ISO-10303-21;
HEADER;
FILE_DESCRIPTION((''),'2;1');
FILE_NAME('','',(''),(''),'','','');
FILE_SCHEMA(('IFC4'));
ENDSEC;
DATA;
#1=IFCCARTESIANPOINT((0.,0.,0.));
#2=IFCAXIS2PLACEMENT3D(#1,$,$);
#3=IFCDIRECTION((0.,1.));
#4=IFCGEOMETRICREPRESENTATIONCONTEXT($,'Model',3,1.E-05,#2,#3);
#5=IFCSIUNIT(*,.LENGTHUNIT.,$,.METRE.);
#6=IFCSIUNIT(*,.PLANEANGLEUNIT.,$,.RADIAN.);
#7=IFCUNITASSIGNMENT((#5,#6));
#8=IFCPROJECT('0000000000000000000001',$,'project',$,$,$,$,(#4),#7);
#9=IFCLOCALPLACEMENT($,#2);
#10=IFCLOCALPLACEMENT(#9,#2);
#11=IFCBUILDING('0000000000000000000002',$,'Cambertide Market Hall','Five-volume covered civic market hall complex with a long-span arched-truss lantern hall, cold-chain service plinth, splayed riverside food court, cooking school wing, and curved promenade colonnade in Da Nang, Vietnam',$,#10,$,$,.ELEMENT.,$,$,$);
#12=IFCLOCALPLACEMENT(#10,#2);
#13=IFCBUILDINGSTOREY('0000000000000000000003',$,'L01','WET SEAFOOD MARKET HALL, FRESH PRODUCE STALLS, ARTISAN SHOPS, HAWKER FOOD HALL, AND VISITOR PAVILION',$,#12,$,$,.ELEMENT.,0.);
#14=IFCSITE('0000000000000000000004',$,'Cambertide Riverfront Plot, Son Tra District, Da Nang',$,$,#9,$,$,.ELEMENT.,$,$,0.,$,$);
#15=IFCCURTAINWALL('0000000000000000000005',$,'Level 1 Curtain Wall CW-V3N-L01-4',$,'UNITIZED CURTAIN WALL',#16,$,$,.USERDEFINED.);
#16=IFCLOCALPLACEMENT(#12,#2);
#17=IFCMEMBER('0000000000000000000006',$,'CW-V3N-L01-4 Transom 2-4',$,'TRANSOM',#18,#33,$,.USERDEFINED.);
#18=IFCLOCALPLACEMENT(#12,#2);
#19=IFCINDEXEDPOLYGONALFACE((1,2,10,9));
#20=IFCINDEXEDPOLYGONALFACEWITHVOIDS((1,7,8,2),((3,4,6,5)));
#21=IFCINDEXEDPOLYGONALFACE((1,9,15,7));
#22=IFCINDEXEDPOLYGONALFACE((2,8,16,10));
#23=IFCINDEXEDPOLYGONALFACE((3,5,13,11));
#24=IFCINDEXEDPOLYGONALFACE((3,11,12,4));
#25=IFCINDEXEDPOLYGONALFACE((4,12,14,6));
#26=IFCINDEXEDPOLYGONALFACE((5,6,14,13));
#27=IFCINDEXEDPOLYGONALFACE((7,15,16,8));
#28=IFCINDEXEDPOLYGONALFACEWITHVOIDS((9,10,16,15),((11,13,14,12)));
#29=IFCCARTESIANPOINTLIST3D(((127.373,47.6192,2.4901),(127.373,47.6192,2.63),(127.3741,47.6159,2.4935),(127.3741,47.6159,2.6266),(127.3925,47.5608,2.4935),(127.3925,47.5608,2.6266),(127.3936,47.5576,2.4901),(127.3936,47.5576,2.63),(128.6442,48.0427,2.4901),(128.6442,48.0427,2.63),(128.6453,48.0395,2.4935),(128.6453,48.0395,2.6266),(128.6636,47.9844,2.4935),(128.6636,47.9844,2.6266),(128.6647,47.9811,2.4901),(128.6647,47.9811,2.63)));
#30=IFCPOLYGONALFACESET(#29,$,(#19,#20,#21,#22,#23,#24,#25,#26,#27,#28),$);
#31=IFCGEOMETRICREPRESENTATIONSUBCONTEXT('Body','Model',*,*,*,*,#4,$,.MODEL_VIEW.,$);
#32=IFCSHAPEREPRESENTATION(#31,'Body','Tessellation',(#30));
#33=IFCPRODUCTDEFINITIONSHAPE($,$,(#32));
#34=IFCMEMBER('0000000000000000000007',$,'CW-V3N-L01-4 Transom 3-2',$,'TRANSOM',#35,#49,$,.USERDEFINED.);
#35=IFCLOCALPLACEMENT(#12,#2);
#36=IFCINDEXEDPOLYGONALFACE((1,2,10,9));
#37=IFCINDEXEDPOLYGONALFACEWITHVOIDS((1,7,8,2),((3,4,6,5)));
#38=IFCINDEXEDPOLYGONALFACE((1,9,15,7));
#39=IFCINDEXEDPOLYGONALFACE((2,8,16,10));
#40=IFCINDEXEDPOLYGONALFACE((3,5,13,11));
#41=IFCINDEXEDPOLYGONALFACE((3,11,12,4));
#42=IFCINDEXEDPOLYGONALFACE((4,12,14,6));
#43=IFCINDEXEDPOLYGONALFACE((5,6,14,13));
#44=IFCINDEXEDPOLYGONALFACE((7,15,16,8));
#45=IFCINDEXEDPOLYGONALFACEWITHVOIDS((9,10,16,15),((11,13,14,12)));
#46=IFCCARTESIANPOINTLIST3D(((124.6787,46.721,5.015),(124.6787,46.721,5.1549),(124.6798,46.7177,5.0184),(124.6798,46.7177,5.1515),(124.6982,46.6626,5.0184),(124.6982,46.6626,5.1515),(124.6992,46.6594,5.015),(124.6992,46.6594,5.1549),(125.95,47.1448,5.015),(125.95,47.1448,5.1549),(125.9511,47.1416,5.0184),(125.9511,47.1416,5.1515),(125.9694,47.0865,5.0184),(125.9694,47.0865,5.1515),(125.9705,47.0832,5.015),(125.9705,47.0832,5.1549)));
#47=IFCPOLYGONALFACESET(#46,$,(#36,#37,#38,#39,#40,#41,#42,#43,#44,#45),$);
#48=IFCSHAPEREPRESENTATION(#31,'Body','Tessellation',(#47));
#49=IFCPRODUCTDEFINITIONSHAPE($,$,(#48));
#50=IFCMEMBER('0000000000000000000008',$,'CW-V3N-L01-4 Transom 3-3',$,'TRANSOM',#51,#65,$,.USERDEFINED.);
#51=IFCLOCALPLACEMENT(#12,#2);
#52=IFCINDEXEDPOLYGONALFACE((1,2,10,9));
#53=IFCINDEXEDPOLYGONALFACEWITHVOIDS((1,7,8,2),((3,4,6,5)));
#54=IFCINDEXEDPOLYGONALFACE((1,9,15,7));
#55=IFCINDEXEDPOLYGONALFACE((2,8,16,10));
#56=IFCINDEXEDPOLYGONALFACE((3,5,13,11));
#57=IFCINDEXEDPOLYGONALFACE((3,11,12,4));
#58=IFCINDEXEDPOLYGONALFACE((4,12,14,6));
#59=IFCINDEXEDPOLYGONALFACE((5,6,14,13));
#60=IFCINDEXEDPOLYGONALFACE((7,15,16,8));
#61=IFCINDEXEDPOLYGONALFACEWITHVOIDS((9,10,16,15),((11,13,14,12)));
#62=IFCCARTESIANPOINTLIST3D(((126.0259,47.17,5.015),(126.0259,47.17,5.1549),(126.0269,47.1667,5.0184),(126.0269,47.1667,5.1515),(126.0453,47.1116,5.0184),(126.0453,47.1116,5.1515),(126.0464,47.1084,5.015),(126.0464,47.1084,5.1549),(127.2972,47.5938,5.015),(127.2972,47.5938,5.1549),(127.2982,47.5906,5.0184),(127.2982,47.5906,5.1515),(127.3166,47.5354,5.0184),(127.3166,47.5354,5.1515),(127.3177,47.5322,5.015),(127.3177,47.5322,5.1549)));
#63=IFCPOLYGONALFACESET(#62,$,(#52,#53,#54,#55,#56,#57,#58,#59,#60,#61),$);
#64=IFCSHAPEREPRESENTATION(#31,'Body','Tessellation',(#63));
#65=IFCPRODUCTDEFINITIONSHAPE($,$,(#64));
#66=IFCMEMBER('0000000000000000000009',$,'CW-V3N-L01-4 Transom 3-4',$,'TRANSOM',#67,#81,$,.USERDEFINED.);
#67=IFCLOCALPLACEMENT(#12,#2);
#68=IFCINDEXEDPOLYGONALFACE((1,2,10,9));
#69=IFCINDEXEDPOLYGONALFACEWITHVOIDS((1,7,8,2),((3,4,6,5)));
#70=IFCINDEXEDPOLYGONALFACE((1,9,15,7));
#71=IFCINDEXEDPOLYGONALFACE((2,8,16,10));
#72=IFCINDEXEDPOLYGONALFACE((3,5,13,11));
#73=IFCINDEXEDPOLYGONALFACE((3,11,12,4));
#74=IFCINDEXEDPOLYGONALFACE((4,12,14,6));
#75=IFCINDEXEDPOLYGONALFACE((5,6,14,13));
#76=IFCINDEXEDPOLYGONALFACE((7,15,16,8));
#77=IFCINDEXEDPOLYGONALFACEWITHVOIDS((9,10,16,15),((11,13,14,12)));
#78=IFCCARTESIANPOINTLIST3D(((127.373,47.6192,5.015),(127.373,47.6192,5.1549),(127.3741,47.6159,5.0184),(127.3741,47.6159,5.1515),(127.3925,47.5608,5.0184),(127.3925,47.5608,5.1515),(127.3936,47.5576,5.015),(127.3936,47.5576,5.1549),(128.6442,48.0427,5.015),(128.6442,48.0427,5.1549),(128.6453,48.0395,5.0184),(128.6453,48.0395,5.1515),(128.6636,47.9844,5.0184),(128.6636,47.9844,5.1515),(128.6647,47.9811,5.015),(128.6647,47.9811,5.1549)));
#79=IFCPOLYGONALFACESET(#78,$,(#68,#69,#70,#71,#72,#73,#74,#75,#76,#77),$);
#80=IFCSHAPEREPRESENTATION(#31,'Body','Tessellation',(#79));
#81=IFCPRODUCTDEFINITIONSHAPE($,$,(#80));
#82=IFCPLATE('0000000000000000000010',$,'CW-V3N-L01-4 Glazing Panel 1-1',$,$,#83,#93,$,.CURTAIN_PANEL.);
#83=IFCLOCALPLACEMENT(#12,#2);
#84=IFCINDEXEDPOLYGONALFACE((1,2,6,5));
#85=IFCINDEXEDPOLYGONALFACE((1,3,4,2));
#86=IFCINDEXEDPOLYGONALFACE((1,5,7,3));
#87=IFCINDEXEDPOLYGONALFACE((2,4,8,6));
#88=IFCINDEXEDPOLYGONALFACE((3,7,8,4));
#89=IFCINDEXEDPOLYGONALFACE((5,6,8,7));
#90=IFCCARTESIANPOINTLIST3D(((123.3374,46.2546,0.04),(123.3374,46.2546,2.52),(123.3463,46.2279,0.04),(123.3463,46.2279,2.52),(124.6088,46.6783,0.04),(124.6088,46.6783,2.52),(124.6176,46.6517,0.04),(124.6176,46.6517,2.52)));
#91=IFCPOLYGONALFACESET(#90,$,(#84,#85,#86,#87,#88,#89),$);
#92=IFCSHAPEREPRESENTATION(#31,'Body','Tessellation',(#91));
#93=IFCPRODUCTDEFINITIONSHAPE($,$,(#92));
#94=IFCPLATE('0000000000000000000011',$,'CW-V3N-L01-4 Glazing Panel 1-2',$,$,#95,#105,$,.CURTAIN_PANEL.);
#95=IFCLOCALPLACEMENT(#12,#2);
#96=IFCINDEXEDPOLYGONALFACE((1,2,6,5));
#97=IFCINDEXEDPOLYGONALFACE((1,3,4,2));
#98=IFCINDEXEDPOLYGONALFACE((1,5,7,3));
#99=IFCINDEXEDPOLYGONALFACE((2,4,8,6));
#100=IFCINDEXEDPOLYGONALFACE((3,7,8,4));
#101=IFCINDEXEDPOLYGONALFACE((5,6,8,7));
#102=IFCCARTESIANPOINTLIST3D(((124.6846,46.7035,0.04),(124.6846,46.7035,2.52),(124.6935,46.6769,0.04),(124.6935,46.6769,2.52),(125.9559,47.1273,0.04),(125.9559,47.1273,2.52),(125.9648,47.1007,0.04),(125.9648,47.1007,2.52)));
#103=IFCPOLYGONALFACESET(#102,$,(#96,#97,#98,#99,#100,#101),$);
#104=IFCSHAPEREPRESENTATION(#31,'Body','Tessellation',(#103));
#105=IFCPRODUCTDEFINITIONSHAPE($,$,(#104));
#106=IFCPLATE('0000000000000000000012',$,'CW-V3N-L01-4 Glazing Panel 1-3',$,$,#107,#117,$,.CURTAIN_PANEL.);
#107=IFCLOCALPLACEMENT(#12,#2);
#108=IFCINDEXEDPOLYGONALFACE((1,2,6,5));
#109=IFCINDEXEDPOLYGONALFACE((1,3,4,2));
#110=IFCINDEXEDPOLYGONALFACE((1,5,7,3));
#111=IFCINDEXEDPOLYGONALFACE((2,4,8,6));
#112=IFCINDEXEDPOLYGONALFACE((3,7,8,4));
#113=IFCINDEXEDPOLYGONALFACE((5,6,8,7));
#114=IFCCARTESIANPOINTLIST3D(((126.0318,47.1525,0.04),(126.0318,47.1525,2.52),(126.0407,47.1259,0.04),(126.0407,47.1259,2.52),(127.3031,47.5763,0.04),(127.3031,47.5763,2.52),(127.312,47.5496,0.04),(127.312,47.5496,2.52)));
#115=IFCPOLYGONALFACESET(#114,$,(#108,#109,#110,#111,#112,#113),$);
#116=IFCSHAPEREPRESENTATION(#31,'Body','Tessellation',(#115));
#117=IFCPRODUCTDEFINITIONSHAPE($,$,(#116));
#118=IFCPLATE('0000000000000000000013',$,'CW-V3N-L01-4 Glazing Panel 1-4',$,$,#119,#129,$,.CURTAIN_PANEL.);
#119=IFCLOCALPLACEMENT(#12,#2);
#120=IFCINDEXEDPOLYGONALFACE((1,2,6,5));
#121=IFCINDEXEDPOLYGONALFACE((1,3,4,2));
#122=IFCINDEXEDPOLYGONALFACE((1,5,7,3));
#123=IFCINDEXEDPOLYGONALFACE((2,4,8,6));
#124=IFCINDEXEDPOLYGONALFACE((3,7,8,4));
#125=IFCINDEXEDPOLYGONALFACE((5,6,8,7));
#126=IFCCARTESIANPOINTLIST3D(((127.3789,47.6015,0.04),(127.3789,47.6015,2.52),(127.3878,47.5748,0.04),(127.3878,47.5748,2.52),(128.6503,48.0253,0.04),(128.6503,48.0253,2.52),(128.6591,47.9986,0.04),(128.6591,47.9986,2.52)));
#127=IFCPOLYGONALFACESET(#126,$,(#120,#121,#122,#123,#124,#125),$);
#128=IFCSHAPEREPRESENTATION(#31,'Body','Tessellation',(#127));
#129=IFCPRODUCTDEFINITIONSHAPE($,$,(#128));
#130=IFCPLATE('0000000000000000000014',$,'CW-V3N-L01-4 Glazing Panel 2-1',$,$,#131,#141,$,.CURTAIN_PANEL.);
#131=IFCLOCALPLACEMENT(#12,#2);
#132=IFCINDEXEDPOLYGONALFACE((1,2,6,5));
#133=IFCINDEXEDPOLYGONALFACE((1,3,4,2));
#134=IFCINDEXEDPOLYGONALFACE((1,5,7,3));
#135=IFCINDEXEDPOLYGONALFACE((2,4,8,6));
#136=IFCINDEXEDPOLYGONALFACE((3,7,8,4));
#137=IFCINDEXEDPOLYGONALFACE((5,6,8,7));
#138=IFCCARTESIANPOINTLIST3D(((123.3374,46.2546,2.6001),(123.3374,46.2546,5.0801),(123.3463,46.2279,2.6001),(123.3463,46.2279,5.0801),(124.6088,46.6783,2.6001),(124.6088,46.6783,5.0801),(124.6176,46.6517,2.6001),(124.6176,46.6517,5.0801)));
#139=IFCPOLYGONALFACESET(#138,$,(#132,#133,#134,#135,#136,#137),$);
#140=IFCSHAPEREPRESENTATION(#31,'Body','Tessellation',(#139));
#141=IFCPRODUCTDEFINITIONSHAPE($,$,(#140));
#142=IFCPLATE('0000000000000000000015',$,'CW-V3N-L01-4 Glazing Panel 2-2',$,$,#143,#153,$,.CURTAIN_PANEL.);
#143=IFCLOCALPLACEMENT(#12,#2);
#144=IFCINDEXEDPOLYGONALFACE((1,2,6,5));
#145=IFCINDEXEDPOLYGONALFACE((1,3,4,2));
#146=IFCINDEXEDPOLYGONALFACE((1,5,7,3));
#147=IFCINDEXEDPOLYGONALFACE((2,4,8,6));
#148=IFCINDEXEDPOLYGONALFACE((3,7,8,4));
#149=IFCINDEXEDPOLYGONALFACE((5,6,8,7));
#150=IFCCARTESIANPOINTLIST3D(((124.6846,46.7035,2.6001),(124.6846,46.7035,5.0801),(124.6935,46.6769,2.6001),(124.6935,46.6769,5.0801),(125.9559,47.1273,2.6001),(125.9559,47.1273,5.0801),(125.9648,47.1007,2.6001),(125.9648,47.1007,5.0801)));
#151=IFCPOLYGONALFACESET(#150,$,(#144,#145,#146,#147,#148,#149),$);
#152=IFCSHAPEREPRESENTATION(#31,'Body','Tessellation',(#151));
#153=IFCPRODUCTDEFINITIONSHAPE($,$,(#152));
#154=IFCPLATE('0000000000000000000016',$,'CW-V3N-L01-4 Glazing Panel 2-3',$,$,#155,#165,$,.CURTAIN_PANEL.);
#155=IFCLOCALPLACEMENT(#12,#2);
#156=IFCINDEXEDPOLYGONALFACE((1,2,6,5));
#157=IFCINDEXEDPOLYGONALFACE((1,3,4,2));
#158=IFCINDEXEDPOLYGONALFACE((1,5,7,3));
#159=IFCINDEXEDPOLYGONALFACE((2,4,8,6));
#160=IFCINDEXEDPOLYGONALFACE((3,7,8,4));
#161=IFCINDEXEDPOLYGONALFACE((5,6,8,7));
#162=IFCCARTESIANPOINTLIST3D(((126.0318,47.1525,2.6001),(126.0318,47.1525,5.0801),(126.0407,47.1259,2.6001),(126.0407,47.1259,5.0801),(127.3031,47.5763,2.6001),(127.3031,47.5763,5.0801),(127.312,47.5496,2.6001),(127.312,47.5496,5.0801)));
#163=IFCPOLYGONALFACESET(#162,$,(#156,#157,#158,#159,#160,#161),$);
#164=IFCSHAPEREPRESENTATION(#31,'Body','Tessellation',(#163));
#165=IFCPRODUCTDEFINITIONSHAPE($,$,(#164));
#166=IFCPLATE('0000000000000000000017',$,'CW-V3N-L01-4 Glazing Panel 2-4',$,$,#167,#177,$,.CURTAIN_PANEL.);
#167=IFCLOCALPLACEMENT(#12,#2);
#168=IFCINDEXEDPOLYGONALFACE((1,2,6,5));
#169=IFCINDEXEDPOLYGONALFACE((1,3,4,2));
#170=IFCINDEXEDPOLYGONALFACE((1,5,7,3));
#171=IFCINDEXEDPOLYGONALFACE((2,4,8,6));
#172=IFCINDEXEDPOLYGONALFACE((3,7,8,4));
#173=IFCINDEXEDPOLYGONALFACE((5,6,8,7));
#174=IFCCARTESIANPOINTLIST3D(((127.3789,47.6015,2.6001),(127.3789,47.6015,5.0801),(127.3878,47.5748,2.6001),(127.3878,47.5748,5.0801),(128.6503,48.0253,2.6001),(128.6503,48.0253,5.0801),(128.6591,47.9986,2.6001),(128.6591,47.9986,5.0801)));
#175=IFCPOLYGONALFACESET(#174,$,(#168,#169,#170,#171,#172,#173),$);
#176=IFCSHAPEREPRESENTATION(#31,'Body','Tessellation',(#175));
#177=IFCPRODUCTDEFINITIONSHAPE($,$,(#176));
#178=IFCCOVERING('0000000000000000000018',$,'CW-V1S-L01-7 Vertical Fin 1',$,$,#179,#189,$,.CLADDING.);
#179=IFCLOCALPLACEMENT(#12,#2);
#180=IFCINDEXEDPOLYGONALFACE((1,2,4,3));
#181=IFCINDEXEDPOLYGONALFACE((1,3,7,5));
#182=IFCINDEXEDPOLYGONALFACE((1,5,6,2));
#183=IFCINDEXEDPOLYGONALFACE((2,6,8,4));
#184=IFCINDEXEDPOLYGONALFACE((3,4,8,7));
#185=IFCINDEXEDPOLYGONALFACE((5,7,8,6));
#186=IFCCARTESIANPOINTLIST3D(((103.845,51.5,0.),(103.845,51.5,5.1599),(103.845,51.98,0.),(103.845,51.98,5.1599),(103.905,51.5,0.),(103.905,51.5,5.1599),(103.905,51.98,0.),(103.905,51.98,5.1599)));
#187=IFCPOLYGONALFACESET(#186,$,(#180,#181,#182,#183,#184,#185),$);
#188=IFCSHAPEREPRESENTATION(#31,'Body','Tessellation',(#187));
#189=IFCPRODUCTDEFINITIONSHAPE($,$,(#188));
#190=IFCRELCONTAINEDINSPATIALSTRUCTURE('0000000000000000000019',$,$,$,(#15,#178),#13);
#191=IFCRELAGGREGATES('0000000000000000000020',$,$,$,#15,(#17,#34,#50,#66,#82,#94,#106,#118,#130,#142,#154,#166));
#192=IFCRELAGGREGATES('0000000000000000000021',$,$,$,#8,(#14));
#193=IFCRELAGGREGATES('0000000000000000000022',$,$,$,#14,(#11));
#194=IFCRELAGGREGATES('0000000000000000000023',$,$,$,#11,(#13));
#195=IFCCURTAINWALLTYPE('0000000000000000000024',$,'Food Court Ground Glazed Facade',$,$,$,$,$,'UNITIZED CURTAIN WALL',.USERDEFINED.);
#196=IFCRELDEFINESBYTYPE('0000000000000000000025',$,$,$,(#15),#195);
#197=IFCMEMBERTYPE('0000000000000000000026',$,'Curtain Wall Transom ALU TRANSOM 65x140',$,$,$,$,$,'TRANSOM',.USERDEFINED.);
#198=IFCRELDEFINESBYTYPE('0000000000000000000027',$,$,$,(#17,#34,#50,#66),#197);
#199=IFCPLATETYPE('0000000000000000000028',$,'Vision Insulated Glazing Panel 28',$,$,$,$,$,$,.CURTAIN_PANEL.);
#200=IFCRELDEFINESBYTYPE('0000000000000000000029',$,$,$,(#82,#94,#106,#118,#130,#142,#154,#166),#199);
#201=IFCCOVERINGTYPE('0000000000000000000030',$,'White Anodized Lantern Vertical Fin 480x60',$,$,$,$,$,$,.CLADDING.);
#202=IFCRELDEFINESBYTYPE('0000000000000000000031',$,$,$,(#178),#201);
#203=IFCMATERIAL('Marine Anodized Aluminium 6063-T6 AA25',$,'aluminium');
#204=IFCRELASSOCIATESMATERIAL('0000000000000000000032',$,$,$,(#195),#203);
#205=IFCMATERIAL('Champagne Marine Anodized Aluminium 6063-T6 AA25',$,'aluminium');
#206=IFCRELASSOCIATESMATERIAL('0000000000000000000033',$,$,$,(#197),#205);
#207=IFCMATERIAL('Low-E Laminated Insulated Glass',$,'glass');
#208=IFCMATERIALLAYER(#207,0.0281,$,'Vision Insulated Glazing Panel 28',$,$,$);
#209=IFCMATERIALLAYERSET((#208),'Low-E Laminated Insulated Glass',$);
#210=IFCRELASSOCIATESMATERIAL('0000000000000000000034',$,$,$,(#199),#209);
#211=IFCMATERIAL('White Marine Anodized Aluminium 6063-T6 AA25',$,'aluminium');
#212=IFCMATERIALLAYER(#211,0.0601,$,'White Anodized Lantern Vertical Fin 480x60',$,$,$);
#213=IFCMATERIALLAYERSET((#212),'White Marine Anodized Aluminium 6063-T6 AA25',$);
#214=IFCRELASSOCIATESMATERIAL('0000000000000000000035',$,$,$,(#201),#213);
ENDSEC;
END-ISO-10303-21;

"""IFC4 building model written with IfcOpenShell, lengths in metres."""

from ifc_helpers import new_model, si_unit, direction, frame, origin, origin_2d, place, context, subcontext, project, spatial, rectangle, hollow_rectangle, extrude, material, layer, layer_set, material_profile, profile_set, type_object, element, aggregate, save


model = new_model("IFC4")

# Units and contexts
model_context = context("Model", 3, precision=1e-05, world=origin(), true_north=direction((0.0, 1.0)))
body_context = subcontext(model_context, "Body", "Model", "MODEL_VIEW")
ifc_project = project(units=[si_unit("LENGTHUNIT", "METRE"), si_unit("PLANEANGLEUNIT", "RADIAN")], contexts=[model_context])

# Site, building, storey
site_placement = place(None, origin())
site = spatial("IfcSite", under=ifc_project, at=site_placement, Name="Cambertide Riverfront Plot, Son Tra District, Da Nang", CompositionType="ELEMENT", RefElevation=0.0)
building_placement = place(site_placement, origin())
building = spatial("IfcBuilding", under=site, at=building_placement, Name="Cambertide Market Hall", Description="Five-volume covered civic market hall complex with a long-span arched-truss lantern hall, cold-chain service plinth, splayed riverside food court, cooking school wing, and curved promenade colonnade in Da Nang, Vietnam", CompositionType="ELEMENT")
storey_placement = place(building_placement, origin())
storey = spatial("IfcBuildingStorey", under=building, at=storey_placement, Name="L01", Description="WET SEAFOOD MARKET HALL, FRESH PRODUCE STALLS, ARTISAN SHOPS, HAWKER FOOD HALL, AND VISITOR PAVILION", CompositionType="ELEMENT", Elevation=0.0)

# Curtain wall, members, plates
ifc_material_1 = material(Name="Marine Anodized Aluminium 6063-T6 AA25", Category="aluminium")
curtain_wall_type = type_object("IfcCurtainWallType", Name="Food Court Ground Glazed Facade", ElementType="UNITIZED CURTAIN WALL", PredefinedType="USERDEFINED", material=ifc_material_1)
curtain_wall_placement = place(storey_placement, origin())
curtain_wall = element("IfcCurtainWall", 1, at=curtain_wall_placement, inside=storey, type_object=curtain_wall_type, Name="Level 1 Curtain Wall CW-V3N-L01-4", ObjectType="UNITIZED CURTAIN WALL", PredefinedType="USERDEFINED")
ifc_material_2 = material(Name="Champagne Marine Anodized Aluminium 6063-T6 AA25", Category="aluminium")
ifc_material_profile_1 = material_profile(ifc_material_2, hollow_rectangle(XDim=0.0649, YDim=0.1399, WallThickness=0.0034, at=origin_2d()), Name="ALU TRANSOM 65x140")
ifc_profile_set_1 = profile_set([ifc_material_profile_1], Name="Champagne Marine Anodized Aluminium 6063-T6 AA25")
member_type_1 = type_object("IfcMemberType", Name="Curtain Wall Transom ALU TRANSOM 65x140", ElementType="TRANSOM", PredefinedType="USERDEFINED", material=ifc_profile_set_1)
member_1_placement = place(storey_placement, frame((127.3833, 47.5884, 2.5601), z_axis=(0.94872, 0.316118, 0.0), x_axis=(-0.316118, 0.94872, 0.0)))
member_1 = element("IfcMember", 2, at=member_1_placement, type_object=member_type_1, Name="CW-V3N-L01-4 Transom 2-4", ObjectType="TRANSOM", PredefinedType="USERDEFINED", context=body_context, shape_type="SweptSolid", body=[
    extrude(hollow_rectangle(XDim=0.0649, YDim=0.1399, WallThickness=0.0034, at=origin_2d()), origin(), (0.0, 0.0, 1.0), 1.3398),
])
member_2_placement = place(storey_placement, frame((124.689, 46.6902, 5.085), z_axis=(0.948665, 0.316282, 0.0), x_axis=(-0.316282, 0.948665, 0.0)))
member_2 = element("IfcMember", 3, at=member_2_placement, type_object=member_type_1, Name="CW-V3N-L01-4 Transom 3-2", ObjectType="TRANSOM", PredefinedType="USERDEFINED", context=body_context, shape_type="SweptSolid", body=[
    extrude(hollow_rectangle(XDim=0.0649, YDim=0.1399, WallThickness=0.0034, at=origin_2d()), origin(), (0.0, 0.0, 1.0), 1.3401),
])
member_3_placement = place(storey_placement, frame((126.0361, 47.1392, 5.085), z_axis=(0.948665, 0.316282, 0.0), x_axis=(-0.316282, 0.948665, 0.0)))
member_3 = element("IfcMember", 4, at=member_3_placement, type_object=member_type_1, Name="CW-V3N-L01-4 Transom 3-3", ObjectType="TRANSOM", PredefinedType="USERDEFINED", context=body_context, shape_type="SweptSolid", body=[
    extrude(hollow_rectangle(XDim=0.0649, YDim=0.1399, WallThickness=0.0034, at=origin_2d()), origin(), (0.0, 0.0, 1.0), 1.3401),
])
member_4_placement = place(storey_placement, frame((127.3833, 47.5884, 5.085), z_axis=(0.94872, 0.316118, 0.0), x_axis=(-0.316118, 0.94872, 0.0)))
member_4 = element("IfcMember", 5, at=member_4_placement, type_object=member_type_1, Name="CW-V3N-L01-4 Transom 3-4", ObjectType="TRANSOM", PredefinedType="USERDEFINED", context=body_context, shape_type="SweptSolid", body=[
    extrude(hollow_rectangle(XDim=0.0649, YDim=0.1399, WallThickness=0.0034, at=origin_2d()), origin(), (0.0, 0.0, 1.0), 1.3398),
])
ifc_material_3 = material(Name="Low-E Laminated Insulated Glass", Category="glass")
ifc_layer_1 = layer(ifc_material_3, 0.0281, Name="Vision Insulated Glazing Panel 28")
ifc_layer_set_1 = layer_set([ifc_layer_1], Name="Low-E Laminated Insulated Glass")
plate_type = type_object("IfcPlateType", Name="Vision Insulated Glazing Panel 28", PredefinedType="CURTAIN_PANEL", material=ifc_layer_set_1)
plate_1_placement = place(storey_placement, frame((123.9775, 46.4531, 0.04), z_axis=(0.0, 0.0, 1.0), x_axis=(0.948683, 0.316228, 0.0)))
plate_1 = element("IfcPlate", 6, at=plate_1_placement, type_object=plate_type, Name="CW-V3N-L01-4 Glazing Panel 1-1", PredefinedType="CURTAIN_PANEL", context=body_context, shape_type="SweptSolid", body=[
    extrude(rectangle(XDim=1.3401, YDim=0.0281, at=origin_2d()), origin(), (0.0, 0.0, 1.0), 2.48),
])
plate_2_placement = place(storey_placement, frame((125.3247, 46.9021, 0.04), z_axis=(0.0, 0.0, 1.0), x_axis=(0.948683, 0.316228, 0.0)))
plate_2 = element("IfcPlate", 7, at=plate_2_placement, type_object=plate_type, Name="CW-V3N-L01-4 Glazing Panel 1-2", PredefinedType="CURTAIN_PANEL", context=body_context, shape_type="SweptSolid", body=[
    extrude(rectangle(XDim=1.3401, YDim=0.0281, at=origin_2d()), origin(), (0.0, 0.0, 1.0), 2.48),
])
plate_3_placement = place(storey_placement, frame((126.6719, 47.3511, 0.04), z_axis=(0.0, 0.0, 1.0), x_axis=(0.948683, 0.316228, 0.0)))
plate_3 = element("IfcPlate", 8, at=plate_3_placement, type_object=plate_type, Name="CW-V3N-L01-4 Glazing Panel 1-3", PredefinedType="CURTAIN_PANEL", context=body_context, shape_type="SweptSolid", body=[
    extrude(rectangle(XDim=1.3401, YDim=0.0281, at=origin_2d()), origin(), (0.0, 0.0, 1.0), 2.48),
])
plate_4_placement = place(storey_placement, frame((128.019, 47.8, 0.04), z_axis=(0.0, 0.0, 1.0), x_axis=(0.948683, 0.316228, 0.0)))
plate_4 = element("IfcPlate", 9, at=plate_4_placement, type_object=plate_type, Name="CW-V3N-L01-4 Glazing Panel 1-4", PredefinedType="CURTAIN_PANEL", context=body_context, shape_type="SweptSolid", body=[
    extrude(rectangle(XDim=1.3401, YDim=0.0281, at=origin_2d()), origin(), (0.0, 0.0, 1.0), 2.48),
])
plate_5_placement = place(storey_placement, frame((123.9775, 46.4531, 2.6001), z_axis=(0.0, 0.0, 1.0), x_axis=(0.948683, 0.316228, 0.0)))
plate_5 = element("IfcPlate", 10, at=plate_5_placement, type_object=plate_type, Name="CW-V3N-L01-4 Glazing Panel 2-1", PredefinedType="CURTAIN_PANEL", context=body_context, shape_type="SweptSolid", body=[
    extrude(rectangle(XDim=1.3401, YDim=0.0281, at=origin_2d()), origin(), (0.0, 0.0, 1.0), 2.48),
])
plate_6_placement = place(storey_placement, frame((125.3247, 46.9021, 2.6001), z_axis=(0.0, 0.0, 1.0), x_axis=(0.948683, 0.316228, 0.0)))
plate_6 = element("IfcPlate", 11, at=plate_6_placement, type_object=plate_type, Name="CW-V3N-L01-4 Glazing Panel 2-2", PredefinedType="CURTAIN_PANEL", context=body_context, shape_type="SweptSolid", body=[
    extrude(rectangle(XDim=1.3401, YDim=0.0281, at=origin_2d()), origin(), (0.0, 0.0, 1.0), 2.48),
])
plate_7_placement = place(storey_placement, frame((126.6719, 47.3511, 2.6001), z_axis=(0.0, 0.0, 1.0), x_axis=(0.948683, 0.316228, 0.0)))
plate_7 = element("IfcPlate", 12, at=plate_7_placement, type_object=plate_type, Name="CW-V3N-L01-4 Glazing Panel 2-3", PredefinedType="CURTAIN_PANEL", context=body_context, shape_type="SweptSolid", body=[
    extrude(rectangle(XDim=1.3401, YDim=0.0281, at=origin_2d()), origin(), (0.0, 0.0, 1.0), 2.48),
])
plate_8_placement = place(storey_placement, frame((128.019, 47.8, 2.6001), z_axis=(0.0, 0.0, 1.0), x_axis=(0.948683, 0.316228, 0.0)))
plate_8 = element("IfcPlate", 13, at=plate_8_placement, type_object=plate_type, Name="CW-V3N-L01-4 Glazing Panel 2-4", PredefinedType="CURTAIN_PANEL", context=body_context, shape_type="SweptSolid", body=[
    extrude(rectangle(XDim=1.3401, YDim=0.0281, at=origin_2d()), origin(), (0.0, 0.0, 1.0), 2.48),
])
aggregate(curtain_wall, [member_1, member_2, member_3, member_4, plate_1, plate_2, plate_3, plate_4, plate_5, plate_6, plate_7, plate_8])

# Covering
ifc_material_4 = material(Name="White Marine Anodized Aluminium 6063-T6 AA25", Category="aluminium")
ifc_layer_2 = layer(ifc_material_4, 0.0601, Name="White Anodized Lantern Vertical Fin 480x60")
ifc_layer_set_2 = layer_set([ifc_layer_2], Name="White Marine Anodized Aluminium 6063-T6 AA25")
covering_type = type_object("IfcCoveringType", Name="White Anodized Lantern Vertical Fin 480x60", PredefinedType="CLADDING", material=ifc_layer_set_2)
for number, where, z_axis, x_axis, name in (
    (14, (103.875, 51.74, 0.0), (0.0, 0.0, 1.0), (-1.0, 0.0, 0.0), "CW-V1S-L01-7 Vertical Fin 1"),
):
    element("IfcCovering", number, at=place(storey_placement, frame(where, z_axis=z_axis, x_axis=x_axis)), inside=storey, type_object=covering_type, Name=name, PredefinedType="CLADDING", context=body_context, shape_type="SweptSolid", body=[
        extrude(rectangle(XDim=0.0601, YDim=0.48, at=origin_2d()), origin(), (0.0, 0.0, 1.0), 5.1599),
    ])

save(model, "model.ifc")
